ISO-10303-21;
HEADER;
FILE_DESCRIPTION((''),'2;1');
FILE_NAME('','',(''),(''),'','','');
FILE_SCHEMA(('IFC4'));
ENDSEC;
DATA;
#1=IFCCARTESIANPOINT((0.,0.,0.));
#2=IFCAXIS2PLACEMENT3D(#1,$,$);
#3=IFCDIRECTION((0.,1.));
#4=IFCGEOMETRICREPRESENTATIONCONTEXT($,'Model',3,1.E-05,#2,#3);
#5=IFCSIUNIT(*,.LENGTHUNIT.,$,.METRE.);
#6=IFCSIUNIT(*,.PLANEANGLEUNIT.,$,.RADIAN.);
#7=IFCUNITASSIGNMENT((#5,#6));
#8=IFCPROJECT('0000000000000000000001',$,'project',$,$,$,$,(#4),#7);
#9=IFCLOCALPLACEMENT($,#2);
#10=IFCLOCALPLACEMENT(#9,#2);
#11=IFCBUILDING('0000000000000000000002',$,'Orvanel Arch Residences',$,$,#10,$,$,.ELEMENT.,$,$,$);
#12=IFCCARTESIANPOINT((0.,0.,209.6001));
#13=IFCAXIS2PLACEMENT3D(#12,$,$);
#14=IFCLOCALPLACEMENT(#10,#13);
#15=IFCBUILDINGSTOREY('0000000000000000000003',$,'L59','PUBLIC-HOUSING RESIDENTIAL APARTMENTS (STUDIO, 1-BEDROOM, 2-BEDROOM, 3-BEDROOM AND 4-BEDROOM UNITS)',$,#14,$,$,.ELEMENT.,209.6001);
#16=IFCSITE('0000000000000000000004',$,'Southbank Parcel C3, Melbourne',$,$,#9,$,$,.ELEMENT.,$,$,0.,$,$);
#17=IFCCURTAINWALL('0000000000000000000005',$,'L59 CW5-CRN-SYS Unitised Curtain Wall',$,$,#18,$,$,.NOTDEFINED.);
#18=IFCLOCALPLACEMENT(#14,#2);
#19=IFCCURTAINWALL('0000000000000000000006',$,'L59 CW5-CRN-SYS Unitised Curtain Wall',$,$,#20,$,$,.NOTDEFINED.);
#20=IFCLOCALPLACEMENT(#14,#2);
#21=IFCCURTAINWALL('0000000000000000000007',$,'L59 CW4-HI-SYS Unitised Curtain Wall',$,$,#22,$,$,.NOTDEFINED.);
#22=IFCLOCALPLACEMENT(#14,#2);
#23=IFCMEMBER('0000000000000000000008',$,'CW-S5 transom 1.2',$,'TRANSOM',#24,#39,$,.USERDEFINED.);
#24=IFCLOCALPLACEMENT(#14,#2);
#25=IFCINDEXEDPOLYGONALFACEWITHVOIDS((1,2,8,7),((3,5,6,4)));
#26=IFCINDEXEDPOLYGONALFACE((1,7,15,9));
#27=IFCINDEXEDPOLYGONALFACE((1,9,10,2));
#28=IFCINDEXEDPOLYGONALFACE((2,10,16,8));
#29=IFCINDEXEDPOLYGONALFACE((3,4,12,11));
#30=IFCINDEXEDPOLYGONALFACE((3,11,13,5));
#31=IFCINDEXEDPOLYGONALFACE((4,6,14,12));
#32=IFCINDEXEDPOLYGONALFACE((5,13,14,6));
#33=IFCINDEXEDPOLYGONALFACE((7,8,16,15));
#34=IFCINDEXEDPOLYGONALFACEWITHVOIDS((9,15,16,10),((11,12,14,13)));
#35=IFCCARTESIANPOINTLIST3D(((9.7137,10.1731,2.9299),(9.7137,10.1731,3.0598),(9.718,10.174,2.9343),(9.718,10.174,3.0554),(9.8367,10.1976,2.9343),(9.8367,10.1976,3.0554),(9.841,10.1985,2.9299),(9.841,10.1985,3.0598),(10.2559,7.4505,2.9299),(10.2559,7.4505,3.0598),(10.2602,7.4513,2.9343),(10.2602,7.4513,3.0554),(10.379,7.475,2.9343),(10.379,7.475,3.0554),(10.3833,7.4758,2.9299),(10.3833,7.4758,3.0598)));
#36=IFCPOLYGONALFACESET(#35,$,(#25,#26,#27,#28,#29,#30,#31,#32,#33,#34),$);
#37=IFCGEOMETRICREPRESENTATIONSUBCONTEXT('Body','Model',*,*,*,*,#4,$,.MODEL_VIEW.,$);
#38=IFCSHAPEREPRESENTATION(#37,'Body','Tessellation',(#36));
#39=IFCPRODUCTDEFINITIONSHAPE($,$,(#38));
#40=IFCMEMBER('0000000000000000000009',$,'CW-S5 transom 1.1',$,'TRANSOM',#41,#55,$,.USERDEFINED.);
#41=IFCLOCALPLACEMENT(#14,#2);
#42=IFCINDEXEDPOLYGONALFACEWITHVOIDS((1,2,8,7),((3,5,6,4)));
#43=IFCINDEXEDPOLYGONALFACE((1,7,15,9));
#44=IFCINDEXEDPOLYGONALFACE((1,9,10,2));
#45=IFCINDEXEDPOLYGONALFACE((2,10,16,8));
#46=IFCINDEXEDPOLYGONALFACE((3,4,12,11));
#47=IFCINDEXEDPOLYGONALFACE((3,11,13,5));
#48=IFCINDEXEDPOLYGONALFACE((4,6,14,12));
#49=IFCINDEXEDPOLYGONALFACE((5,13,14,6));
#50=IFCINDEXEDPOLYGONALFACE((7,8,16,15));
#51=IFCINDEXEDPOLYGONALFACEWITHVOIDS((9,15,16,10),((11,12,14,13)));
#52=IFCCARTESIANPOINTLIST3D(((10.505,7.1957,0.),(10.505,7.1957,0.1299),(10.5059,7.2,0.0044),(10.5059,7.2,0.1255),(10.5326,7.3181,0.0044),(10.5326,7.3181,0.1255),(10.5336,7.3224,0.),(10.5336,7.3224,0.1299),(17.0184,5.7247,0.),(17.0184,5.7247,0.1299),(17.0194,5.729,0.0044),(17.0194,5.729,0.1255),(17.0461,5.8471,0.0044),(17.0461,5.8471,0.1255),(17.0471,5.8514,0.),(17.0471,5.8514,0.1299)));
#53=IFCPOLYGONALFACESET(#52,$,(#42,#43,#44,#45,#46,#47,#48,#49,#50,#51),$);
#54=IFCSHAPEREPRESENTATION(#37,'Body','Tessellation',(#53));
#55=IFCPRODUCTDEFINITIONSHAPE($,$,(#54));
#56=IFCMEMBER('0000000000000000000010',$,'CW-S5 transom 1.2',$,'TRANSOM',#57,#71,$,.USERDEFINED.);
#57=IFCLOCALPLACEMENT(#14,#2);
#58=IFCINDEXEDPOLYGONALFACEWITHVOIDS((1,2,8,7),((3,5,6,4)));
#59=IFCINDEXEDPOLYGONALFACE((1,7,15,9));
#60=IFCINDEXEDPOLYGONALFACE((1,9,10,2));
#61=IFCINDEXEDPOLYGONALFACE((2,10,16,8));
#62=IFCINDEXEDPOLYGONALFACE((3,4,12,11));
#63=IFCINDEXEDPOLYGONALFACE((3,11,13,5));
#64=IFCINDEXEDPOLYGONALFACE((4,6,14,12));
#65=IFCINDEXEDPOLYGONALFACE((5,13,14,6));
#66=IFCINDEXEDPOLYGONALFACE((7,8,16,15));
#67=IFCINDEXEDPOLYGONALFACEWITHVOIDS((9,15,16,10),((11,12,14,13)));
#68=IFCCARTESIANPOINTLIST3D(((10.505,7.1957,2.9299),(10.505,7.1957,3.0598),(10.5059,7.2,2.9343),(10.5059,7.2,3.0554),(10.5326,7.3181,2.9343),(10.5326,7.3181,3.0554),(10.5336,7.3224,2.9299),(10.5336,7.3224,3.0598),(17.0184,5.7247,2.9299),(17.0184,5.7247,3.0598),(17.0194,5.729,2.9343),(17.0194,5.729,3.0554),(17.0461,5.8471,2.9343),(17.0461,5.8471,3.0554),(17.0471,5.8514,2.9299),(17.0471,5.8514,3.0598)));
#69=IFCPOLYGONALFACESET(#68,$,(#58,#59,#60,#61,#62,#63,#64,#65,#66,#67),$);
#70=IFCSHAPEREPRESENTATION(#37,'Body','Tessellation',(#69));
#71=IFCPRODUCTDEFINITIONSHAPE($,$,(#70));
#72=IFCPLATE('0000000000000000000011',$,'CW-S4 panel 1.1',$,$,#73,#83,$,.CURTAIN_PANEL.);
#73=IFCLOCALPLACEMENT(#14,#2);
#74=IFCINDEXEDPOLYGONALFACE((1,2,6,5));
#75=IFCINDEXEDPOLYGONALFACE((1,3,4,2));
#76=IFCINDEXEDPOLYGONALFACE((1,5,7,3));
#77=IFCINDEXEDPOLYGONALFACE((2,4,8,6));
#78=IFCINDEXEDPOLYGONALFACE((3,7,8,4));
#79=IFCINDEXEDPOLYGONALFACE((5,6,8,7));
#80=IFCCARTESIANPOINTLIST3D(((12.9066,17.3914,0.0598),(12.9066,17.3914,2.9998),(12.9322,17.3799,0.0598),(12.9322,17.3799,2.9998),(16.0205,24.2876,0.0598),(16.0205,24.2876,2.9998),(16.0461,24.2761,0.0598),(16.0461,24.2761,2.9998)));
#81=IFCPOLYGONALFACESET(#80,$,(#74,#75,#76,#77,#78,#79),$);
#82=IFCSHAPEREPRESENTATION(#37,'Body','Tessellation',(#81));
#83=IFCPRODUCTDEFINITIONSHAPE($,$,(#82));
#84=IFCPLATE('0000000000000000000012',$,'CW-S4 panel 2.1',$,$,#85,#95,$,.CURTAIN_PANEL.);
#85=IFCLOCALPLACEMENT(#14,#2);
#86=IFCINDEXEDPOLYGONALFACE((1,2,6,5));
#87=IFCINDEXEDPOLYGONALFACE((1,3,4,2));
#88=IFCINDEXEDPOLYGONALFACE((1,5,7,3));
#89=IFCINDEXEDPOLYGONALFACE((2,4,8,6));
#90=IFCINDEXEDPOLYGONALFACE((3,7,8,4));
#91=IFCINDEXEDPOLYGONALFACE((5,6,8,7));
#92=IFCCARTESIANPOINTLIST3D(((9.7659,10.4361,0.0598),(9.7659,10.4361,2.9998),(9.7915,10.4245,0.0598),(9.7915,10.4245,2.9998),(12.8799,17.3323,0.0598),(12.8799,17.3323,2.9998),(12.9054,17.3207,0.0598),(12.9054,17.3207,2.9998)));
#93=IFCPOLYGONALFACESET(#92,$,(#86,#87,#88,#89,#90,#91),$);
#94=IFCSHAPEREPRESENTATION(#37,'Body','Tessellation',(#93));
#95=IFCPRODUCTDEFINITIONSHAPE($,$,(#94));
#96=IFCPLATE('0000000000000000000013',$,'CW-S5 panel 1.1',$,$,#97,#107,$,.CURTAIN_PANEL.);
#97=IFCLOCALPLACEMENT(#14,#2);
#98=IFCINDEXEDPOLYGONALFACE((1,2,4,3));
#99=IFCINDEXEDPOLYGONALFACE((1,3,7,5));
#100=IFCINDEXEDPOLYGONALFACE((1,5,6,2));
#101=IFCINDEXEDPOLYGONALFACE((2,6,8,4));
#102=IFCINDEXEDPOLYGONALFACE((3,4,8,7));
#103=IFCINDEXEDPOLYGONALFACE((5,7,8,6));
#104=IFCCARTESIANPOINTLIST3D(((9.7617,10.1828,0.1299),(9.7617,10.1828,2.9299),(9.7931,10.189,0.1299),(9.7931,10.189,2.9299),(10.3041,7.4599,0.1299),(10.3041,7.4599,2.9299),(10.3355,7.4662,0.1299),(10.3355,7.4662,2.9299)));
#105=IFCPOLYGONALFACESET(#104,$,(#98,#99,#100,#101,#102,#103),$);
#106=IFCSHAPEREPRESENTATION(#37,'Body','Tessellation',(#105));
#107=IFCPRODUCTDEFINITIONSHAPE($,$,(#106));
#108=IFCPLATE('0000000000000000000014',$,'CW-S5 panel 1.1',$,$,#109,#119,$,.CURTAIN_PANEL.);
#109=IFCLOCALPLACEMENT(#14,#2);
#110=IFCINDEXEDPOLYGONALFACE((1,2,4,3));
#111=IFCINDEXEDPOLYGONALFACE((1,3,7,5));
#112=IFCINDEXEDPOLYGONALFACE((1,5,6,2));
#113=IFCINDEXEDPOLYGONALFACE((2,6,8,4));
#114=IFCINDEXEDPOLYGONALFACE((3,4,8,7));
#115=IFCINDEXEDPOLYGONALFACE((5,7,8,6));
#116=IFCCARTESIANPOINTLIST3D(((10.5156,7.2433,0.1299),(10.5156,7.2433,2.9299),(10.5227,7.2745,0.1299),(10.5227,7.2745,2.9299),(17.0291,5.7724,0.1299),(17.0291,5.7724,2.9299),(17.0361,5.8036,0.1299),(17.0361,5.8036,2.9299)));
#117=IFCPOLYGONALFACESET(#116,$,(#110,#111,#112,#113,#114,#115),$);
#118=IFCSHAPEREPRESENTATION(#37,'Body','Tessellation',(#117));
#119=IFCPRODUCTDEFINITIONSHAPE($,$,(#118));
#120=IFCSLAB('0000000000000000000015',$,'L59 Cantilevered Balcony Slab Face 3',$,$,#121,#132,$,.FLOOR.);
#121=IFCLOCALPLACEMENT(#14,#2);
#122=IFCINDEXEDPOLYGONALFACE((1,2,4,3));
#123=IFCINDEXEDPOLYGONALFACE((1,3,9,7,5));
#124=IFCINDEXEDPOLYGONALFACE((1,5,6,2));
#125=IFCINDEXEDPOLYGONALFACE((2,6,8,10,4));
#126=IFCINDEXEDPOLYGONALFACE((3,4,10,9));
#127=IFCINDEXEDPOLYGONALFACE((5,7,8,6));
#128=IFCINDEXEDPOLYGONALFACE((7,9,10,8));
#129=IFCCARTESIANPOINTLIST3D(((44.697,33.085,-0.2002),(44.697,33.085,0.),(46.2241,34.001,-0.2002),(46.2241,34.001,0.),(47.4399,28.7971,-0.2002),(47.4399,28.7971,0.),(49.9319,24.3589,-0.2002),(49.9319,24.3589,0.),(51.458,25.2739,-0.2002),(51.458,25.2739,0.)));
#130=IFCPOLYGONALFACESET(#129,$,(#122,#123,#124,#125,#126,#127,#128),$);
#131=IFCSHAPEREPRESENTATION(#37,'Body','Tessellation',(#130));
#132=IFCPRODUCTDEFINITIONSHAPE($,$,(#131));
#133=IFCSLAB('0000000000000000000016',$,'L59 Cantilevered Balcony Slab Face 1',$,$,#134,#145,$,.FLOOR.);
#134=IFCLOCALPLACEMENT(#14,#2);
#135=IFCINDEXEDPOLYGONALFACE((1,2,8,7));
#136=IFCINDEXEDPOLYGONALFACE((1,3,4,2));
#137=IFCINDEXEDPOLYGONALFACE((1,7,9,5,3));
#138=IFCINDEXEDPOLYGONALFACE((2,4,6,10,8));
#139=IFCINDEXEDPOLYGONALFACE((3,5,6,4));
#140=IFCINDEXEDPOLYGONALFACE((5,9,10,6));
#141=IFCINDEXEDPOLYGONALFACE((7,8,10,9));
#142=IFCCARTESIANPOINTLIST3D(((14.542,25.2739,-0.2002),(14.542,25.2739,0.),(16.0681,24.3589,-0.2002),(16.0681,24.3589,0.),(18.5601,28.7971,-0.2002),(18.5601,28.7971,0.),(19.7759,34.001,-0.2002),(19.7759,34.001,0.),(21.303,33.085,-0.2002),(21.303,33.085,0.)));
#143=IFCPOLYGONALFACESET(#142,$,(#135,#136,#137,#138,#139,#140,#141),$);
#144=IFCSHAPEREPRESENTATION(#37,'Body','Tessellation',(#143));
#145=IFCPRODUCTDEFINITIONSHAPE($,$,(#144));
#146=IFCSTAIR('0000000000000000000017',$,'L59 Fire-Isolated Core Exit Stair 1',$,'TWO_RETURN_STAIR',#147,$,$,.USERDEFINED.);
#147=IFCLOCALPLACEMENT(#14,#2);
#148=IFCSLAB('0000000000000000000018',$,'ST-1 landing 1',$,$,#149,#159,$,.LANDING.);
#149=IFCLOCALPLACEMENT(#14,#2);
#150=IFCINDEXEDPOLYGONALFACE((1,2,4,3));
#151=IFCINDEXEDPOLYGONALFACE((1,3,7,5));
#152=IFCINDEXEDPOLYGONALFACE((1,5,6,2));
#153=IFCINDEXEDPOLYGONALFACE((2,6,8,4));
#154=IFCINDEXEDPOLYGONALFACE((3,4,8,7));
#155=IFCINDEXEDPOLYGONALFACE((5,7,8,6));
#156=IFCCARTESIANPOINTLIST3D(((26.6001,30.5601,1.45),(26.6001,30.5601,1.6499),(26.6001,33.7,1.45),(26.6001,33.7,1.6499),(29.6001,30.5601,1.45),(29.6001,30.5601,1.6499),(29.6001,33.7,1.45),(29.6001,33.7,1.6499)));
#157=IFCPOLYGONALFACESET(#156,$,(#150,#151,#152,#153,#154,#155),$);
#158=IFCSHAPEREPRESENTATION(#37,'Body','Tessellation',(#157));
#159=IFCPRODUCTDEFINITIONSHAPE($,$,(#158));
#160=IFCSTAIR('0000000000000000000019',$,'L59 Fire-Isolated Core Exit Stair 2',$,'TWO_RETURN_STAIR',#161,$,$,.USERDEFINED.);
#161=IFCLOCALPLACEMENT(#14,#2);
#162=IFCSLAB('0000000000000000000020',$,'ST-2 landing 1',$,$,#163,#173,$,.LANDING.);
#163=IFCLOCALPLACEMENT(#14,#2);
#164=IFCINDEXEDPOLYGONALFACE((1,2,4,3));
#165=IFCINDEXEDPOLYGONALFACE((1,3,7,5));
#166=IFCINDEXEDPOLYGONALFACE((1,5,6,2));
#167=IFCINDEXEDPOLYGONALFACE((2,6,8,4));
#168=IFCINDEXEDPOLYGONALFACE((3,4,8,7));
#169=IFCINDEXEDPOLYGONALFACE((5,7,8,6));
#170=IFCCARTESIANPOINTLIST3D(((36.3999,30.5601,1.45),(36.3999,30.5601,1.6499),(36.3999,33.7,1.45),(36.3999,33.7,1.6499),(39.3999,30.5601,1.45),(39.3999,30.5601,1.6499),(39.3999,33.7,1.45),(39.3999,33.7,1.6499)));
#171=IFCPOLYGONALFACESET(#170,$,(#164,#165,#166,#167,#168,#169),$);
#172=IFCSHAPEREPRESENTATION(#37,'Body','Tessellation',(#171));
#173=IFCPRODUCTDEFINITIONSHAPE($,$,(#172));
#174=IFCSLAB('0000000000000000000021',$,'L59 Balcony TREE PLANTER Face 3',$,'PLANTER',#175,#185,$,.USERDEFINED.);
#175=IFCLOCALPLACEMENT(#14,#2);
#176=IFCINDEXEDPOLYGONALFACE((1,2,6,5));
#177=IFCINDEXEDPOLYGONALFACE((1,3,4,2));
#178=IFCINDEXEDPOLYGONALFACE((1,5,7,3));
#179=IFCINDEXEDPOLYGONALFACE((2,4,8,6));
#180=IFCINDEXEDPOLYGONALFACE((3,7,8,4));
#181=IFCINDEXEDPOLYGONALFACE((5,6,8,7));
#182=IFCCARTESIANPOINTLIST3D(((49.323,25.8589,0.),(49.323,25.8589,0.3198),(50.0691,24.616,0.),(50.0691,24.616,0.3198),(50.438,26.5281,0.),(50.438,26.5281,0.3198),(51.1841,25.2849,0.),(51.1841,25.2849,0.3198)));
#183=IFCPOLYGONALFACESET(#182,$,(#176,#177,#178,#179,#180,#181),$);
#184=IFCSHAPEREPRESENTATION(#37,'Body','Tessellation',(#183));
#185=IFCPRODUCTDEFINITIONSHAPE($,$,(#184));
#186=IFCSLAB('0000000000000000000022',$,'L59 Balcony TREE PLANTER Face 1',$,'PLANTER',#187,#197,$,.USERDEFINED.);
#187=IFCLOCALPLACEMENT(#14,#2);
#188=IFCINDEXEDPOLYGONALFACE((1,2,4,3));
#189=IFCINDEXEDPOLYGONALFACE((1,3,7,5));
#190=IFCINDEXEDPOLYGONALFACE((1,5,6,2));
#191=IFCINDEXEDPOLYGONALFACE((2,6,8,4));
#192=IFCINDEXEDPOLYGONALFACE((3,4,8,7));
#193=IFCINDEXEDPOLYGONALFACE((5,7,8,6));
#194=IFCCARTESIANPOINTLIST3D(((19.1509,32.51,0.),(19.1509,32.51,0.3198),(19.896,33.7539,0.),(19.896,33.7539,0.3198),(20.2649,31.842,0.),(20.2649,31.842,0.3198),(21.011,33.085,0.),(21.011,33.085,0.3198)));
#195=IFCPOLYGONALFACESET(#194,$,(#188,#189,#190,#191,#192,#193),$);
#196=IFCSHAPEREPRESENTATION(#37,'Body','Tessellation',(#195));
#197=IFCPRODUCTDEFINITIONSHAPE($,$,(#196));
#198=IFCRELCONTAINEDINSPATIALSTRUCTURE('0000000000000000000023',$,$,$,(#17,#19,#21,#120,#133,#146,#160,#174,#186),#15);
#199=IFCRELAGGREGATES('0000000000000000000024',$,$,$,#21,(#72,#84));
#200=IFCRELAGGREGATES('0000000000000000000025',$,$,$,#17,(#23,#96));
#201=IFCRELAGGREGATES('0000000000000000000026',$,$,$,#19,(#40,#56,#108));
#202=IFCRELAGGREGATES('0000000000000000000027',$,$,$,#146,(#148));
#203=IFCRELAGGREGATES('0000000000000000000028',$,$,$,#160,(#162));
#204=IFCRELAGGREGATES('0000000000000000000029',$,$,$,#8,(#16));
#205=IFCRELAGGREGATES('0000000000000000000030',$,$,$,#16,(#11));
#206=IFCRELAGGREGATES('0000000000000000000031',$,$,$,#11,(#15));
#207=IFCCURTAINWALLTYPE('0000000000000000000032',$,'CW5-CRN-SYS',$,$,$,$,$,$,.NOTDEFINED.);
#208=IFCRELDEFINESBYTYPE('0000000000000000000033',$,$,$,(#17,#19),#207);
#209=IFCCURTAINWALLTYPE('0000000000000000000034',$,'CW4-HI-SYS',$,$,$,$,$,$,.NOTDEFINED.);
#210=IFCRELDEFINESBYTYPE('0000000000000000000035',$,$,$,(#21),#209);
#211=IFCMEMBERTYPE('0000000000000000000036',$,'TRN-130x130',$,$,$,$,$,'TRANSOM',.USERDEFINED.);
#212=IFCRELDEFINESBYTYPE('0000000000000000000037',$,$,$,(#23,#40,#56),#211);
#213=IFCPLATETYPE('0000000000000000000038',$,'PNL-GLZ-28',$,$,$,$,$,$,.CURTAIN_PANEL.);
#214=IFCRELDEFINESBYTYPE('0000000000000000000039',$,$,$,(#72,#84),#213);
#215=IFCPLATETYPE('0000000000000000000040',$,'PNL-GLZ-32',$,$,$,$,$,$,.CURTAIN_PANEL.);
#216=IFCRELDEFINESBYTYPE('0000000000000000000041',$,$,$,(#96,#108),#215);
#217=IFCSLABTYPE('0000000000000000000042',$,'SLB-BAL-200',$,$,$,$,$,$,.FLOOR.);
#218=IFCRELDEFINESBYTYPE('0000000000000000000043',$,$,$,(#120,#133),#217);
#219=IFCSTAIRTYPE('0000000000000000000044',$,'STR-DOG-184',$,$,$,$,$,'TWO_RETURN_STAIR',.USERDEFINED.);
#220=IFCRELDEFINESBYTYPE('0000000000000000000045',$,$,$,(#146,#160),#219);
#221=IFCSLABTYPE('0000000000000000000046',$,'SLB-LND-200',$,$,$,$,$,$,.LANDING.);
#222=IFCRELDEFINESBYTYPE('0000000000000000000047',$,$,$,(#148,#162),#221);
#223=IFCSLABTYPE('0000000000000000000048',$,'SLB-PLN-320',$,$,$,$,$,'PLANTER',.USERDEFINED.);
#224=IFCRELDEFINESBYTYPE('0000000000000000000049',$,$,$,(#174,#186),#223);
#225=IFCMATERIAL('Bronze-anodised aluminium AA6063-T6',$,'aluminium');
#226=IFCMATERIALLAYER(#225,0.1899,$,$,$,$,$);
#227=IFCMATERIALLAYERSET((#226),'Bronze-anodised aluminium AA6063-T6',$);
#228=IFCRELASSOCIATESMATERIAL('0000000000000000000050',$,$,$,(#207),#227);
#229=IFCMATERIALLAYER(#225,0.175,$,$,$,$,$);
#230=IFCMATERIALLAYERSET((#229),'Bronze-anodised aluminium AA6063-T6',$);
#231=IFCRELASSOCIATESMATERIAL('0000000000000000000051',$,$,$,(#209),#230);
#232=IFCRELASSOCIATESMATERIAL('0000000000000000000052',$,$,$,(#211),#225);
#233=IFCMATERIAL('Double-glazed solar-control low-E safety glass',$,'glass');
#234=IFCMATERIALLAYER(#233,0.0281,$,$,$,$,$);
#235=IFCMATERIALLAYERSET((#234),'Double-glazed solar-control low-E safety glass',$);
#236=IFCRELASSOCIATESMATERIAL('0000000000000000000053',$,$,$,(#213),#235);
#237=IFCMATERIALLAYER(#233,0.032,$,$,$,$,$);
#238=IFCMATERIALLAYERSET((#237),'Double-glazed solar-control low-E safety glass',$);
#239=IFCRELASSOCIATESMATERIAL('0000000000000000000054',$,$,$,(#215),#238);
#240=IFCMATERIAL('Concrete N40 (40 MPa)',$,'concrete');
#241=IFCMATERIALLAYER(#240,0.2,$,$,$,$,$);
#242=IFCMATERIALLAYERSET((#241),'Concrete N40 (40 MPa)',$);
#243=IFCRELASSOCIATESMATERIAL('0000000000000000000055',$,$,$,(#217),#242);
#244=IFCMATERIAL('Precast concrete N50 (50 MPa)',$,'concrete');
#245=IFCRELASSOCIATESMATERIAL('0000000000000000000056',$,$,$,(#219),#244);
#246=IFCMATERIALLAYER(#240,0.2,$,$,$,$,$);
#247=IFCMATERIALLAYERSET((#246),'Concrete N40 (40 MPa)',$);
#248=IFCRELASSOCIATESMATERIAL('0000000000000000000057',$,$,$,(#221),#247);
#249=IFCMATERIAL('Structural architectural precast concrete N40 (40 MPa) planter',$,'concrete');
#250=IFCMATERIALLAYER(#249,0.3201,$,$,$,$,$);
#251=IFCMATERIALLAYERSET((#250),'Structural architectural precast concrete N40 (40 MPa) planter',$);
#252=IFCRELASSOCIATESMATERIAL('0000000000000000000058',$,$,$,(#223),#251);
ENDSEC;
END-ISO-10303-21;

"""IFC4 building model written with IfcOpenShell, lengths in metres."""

from ifc_helpers import new_model, si_unit, direction, frame, origin, origin_2d, place, context, subcontext, project, spatial, polyline, rectangle, hollow_rectangle, outline, extrude, material, layer, layer_set, material_profile, profile_set, type_object, element, aggregate, save


model = new_model("IFC4")

# Units and contexts
model_context = context("Model", 3, precision=1e-05, world=origin(), true_north=direction((0.0, 1.0)))
body_context = subcontext(model_context, "Body", "Model", "MODEL_VIEW")
ifc_project = project(units=[si_unit("LENGTHUNIT", "METRE"), si_unit("PLANEANGLEUNIT", "RADIAN")], contexts=[model_context])

# Site, building, storey
site_placement = place(None, origin())
site = spatial("IfcSite", under=ifc_project, at=site_placement, Name="Southbank Parcel C3, Melbourne", CompositionType="ELEMENT", RefElevation=0.0)
building_placement = place(site_placement, origin())
building = spatial("IfcBuilding", under=site, at=building_placement, Name="Orvanel Arch Residences", CompositionType="ELEMENT")
storey_placement = place(building_placement, frame((0.0, 0.0, 209.6001)))
storey = spatial("IfcBuildingStorey", under=building, at=storey_placement, Name="L59", Description="PUBLIC-HOUSING RESIDENTIAL APARTMENTS (STUDIO, 1-BEDROOM, 2-BEDROOM, 3-BEDROOM AND 4-BEDROOM UNITS)", CompositionType="ELEMENT", Elevation=209.6001)

# Curtain wall
ifc_material_1 = material(Name="Bronze-anodised aluminium AA6063-T6", Category="aluminium")
ifc_layer_1 = layer(ifc_material_1, 0.1899)
ifc_layer_set_1 = layer_set([ifc_layer_1], Name="Bronze-anodised aluminium AA6063-T6")
curtain_wall_type_1 = type_object("IfcCurtainWallType", Name="CW5-CRN-SYS", PredefinedType="NOTDEFINED", material=ifc_layer_set_1)
curtain_wall_1_placement = place(storey_placement, origin())
curtain_wall_1 = element("IfcCurtainWall", 1, at=curtain_wall_1_placement, inside=storey, type_object=curtain_wall_type_1, Name="L59 CW5-CRN-SYS Unitised Curtain Wall", PredefinedType="NOTDEFINED")

# Curtain wall
curtain_wall_2_placement = place(storey_placement, origin())
curtain_wall_2 = element("IfcCurtainWall", 2, at=curtain_wall_2_placement, inside=storey, type_object=curtain_wall_type_1, Name="L59 CW5-CRN-SYS Unitised Curtain Wall", PredefinedType="NOTDEFINED")

# Curtain wall
ifc_layer_2 = layer(ifc_material_1, 0.175)
ifc_layer_set_2 = layer_set([ifc_layer_2], Name="Bronze-anodised aluminium AA6063-T6")
curtain_wall_type_2 = type_object("IfcCurtainWallType", Name="CW4-HI-SYS", PredefinedType="NOTDEFINED", material=ifc_layer_set_2)
curtain_wall_3_placement = place(storey_placement, origin())
curtain_wall_3 = element("IfcCurtainWall", 3, at=curtain_wall_3_placement, inside=storey, type_object=curtain_wall_type_2, Name="L59 CW4-HI-SYS Unitised Curtain Wall", PredefinedType="NOTDEFINED")

# Members
ifc_material_profile_1 = material_profile(ifc_material_1, hollow_rectangle(XDim=0.1299, YDim=0.1299, WallThickness=0.0044, at=origin_2d()), Name="ALU130x130x4.5")
ifc_profile_set_1 = profile_set([ifc_material_profile_1], Name="Bronze-anodised aluminium AA6063-T6")
member_type_1 = type_object("IfcMemberType", Name="TRN-130x130", ElementType="TRANSOM", PredefinedType="USERDEFINED", material=ifc_profile_set_1)
member_1_placement = place(storey_placement, frame((9.7773, 10.1858, 2.9949), z_axis=(0.195321, -0.980739, 0.0), x_axis=(0.980739, 0.195321, 0.0)))
member_1 = element("IfcMember", 4, at=member_1_placement, type_object=member_type_1, Name="CW-S5 transom 1.2", ObjectType="TRANSOM", PredefinedType="USERDEFINED", context=body_context, shape_type="SweptSolid", body=[
    extrude(hollow_rectangle(XDim=0.1299, YDim=0.1299, WallThickness=0.0044, at=origin_2d()), origin(), (0.0, 0.0, 1.0), 2.7761),
])
member_2_placement = place(storey_placement, frame((10.5193, 7.259, 0.0649), z_axis=(0.975435, -0.220286, 0.0), x_axis=(0.220286, 0.975435, 0.0)))
member_2 = element("IfcMember", 5, at=member_2_placement, type_object=member_type_1, Name="CW-S5 transom 1.1", ObjectType="TRANSOM", PredefinedType="USERDEFINED", context=body_context, shape_type="SweptSolid", body=[
    extrude(hollow_rectangle(XDim=0.1299, YDim=0.1299, WallThickness=0.0044, at=origin_2d()), origin(), (0.0, 0.0, 1.0), 6.6775),
])
member_3_placement = place(storey_placement, frame((10.5193, 7.259, 2.9949), z_axis=(0.975435, -0.220286, 0.0), x_axis=(0.220286, 0.975435, 0.0)))
member_3 = element("IfcMember", 6, at=member_3_placement, type_object=member_type_1, Name="CW-S5 transom 1.2", ObjectType="TRANSOM", PredefinedType="USERDEFINED", context=body_context, shape_type="SweptSolid", body=[
    extrude(hollow_rectangle(XDim=0.1299, YDim=0.1299, WallThickness=0.0044, at=origin_2d()), origin(), (0.0, 0.0, 1.0), 6.6775),
])

# Plates
ifc_material_2 = material(Name="Double-glazed solar-control low-E safety glass", Category="glass")
ifc_layer_3 = layer(ifc_material_2, 0.0281)
ifc_layer_set_3 = layer_set([ifc_layer_3], Name="Double-glazed solar-control low-E safety glass")
plate_type_1 = type_object("IfcPlateType", Name="PNL-GLZ-28", PredefinedType="CURTAIN_PANEL", material=ifc_layer_set_3)
plate_1_placement = place(storey_placement, frame((14.4763, 20.8337, 0.0598), z_axis=(0.0, 0.0, 1.0), x_axis=(-0.411531, -0.911396, 0.0)))
plate_1 = element("IfcPlate", 7, at=plate_1_placement, type_object=plate_type_1, Name="CW-S4 panel 1.1", PredefinedType="CURTAIN_PANEL", context=body_context, shape_type="SweptSolid", body=[
    extrude(rectangle(XDim=7.5667, YDim=0.0281, at=origin_2d()), origin(), (0.0, 0.0, 1.0), 2.9399),
])
plate_2_placement = place(storey_placement, frame((11.3357, 13.8784, 0.0598), z_axis=(0.0, 0.0, 1.0), x_axis=(-0.411531, -0.911396, 0.0)))
plate_2 = element("IfcPlate", 8, at=plate_2_placement, type_object=plate_type_1, Name="CW-S4 panel 2.1", PredefinedType="CURTAIN_PANEL", context=body_context, shape_type="SweptSolid", body=[
    extrude(rectangle(XDim=7.5667, YDim=0.0281, at=origin_2d()), origin(), (0.0, 0.0, 1.0), 2.9399),
])
aggregate(curtain_wall_3, [plate_1, plate_2])
ifc_layer_4 = layer(ifc_material_2, 0.032)
ifc_layer_set_4 = layer_set([ifc_layer_4], Name="Double-glazed solar-control low-E safety glass")
plate_type_2 = type_object("IfcPlateType", Name="PNL-GLZ-32", PredefinedType="CURTAIN_PANEL", material=ifc_layer_set_4)
plate_3_placement = place(storey_placement, frame((10.0486, 8.8245, 0.1299), z_axis=(0.0, 0.0, 1.0), x_axis=(0.195366, -0.98073, 0.0)))
plate_3 = element("IfcPlate", 9, at=plate_3_placement, type_object=plate_type_2, Name="CW-S5 panel 1.1", PredefinedType="CURTAIN_PANEL", context=body_context, shape_type="SweptSolid", body=[
    extrude(rectangle(XDim=2.7764, YDim=0.032, at=origin_2d()), origin(), (0.0, 0.0, 1.0), 2.8),
])
aggregate(curtain_wall_1, [member_1, plate_3])
plate_4_placement = place(storey_placement, frame((13.7759, 6.5234, 0.1299), z_axis=(0.0, 0.0, 1.0), x_axis=(0.975436, -0.220283, 0.0)))
plate_4 = element("IfcPlate", 10, at=plate_4_placement, type_object=plate_type_2, Name="CW-S5 panel 1.1", PredefinedType="CURTAIN_PANEL", context=body_context, shape_type="SweptSolid", body=[
    extrude(rectangle(XDim=6.6775, YDim=0.032, at=origin_2d()), origin(), (0.0, 0.0, 1.0), 2.8),
])
aggregate(curtain_wall_2, [member_2, member_3, plate_4])

# Slabs
ifc_material_3 = material(Name="Concrete N40 (40 MPa)", Category="concrete")
ifc_layer_5 = layer(ifc_material_3, 0.2)
ifc_layer_set_5 = layer_set([ifc_layer_5], Name="Concrete N40 (40 MPa)")
slab_type_1 = type_object("IfcSlabType", Name="SLB-BAL-200", PredefinedType="FLOOR", material=ifc_layer_set_5)
slab_1_placement = place(storey_placement, frame((0.0, 0.0, -0.2002)))
element("IfcSlab", 11, at=slab_1_placement, inside=storey, type_object=slab_type_1, Name="L59 Cantilevered Balcony Slab Face 3", PredefinedType="FLOOR", context=body_context, shape_type="SweptSolid", body=[
    extrude(outline(polyline([(51.458, 25.2739), (46.2241, 34.001), (44.697, 33.085), (47.4399, 28.7971), (49.9319, 24.3589), (51.458, 25.2739)])), origin(), (0.0, 0.0, 1.0), 0.2002),
])
slab_2_placement = place(storey_placement, frame((0.0, 0.0, -0.2002)))
element("IfcSlab", 12, at=slab_2_placement, inside=storey, type_object=slab_type_1, Name="L59 Cantilevered Balcony Slab Face 1", PredefinedType="FLOOR", context=body_context, shape_type="SweptSolid", body=[
    extrude(outline(polyline([(19.7759, 34.001), (14.542, 25.2739), (16.0681, 24.3589), (18.5601, 28.7971), (21.303, 33.085), (19.7759, 34.001)])), origin(), (0.0, 0.0, 1.0), 0.2002),
])

# Stairs, slabs
ifc_material_4 = material(Name="Precast concrete N50 (50 MPa)", Category="concrete")
stair_type = type_object("IfcStairType", Name="STR-DOG-184", ElementType="TWO_RETURN_STAIR", PredefinedType="USERDEFINED", material=ifc_material_4)
stair_1_placement = place(storey_placement, origin())
stair_1 = element("IfcStair", 13, at=stair_1_placement, inside=storey, type_object=stair_type, Name="L59 Fire-Isolated Core Exit Stair 1", ObjectType="TWO_RETURN_STAIR", PredefinedType="USERDEFINED")
ifc_layer_6 = layer(ifc_material_3, 0.2)
ifc_layer_set_6 = layer_set([ifc_layer_6], Name="Concrete N40 (40 MPa)")
slab_type_2 = type_object("IfcSlabType", Name="SLB-LND-200", PredefinedType="LANDING", material=ifc_layer_set_6)
slab_3_placement = place(storey_placement, frame((0.0, 0.0, 1.45)))
slab_3 = element("IfcSlab", 14, at=slab_3_placement, type_object=slab_type_2, Name="ST-1 landing 1", PredefinedType="LANDING", context=body_context, shape_type="SweptSolid", body=[
    extrude(outline(polyline([(29.6001, 30.5601), (29.6001, 33.7), (26.6001, 33.7), (26.6001, 30.5601), (29.6001, 30.5601)])), origin(), (0.0, 0.0, 1.0), 0.2),
])
aggregate(stair_1, [slab_3])
stair_2_placement = place(storey_placement, origin())
stair_2 = element("IfcStair", 15, at=stair_2_placement, inside=storey, type_object=stair_type, Name="L59 Fire-Isolated Core Exit Stair 2", ObjectType="TWO_RETURN_STAIR", PredefinedType="USERDEFINED")
slab_4_placement = place(storey_placement, frame((0.0, 0.0, 1.45)))
slab_4 = element("IfcSlab", 16, at=slab_4_placement, type_object=slab_type_2, Name="ST-2 landing 1", PredefinedType="LANDING", context=body_context, shape_type="SweptSolid", body=[
    extrude(outline(polyline([(39.3999, 30.5601), (39.3999, 33.7), (36.3999, 33.7), (36.3999, 30.5601), (39.3999, 30.5601)])), origin(), (0.0, 0.0, 1.0), 0.2),
])
aggregate(stair_2, [slab_4])

# Slabs
ifc_material_5 = material(Name="Structural architectural precast concrete N40 (40 MPa) planter", Category="concrete")
ifc_layer_7 = layer(ifc_material_5, 0.3201)
ifc_layer_set_7 = layer_set([ifc_layer_7], Name="Structural architectural precast concrete N40 (40 MPa) planter")
slab_type_3 = type_object("IfcSlabType", Name="SLB-PLN-320", ElementType="PLANTER", PredefinedType="USERDEFINED", material=ifc_layer_set_7)
slab_5_placement = place(storey_placement, origin())
element("IfcSlab", 17, at=slab_5_placement, inside=storey, type_object=slab_type_3, Name="L59 Balcony TREE PLANTER Face 3", ObjectType="PLANTER", PredefinedType="USERDEFINED", context=body_context, shape_type="SweptSolid", body=[
    extrude(outline(polyline([(51.1841, 25.2849), (50.438, 26.5281), (49.323, 25.8589), (50.0691, 24.616), (51.1841, 25.2849)])), origin(), (0.0, 0.0, 1.0), 0.3198),
])
slab_6_placement = place(storey_placement, origin())
element("IfcSlab", 18, at=slab_6_placement, inside=storey, type_object=slab_type_3, Name="L59 Balcony TREE PLANTER Face 1", ObjectType="PLANTER", PredefinedType="USERDEFINED", context=body_context, shape_type="SweptSolid", body=[
    extrude(outline(polyline([(19.896, 33.7539), (19.1509, 32.51), (20.2649, 31.842), (21.011, 33.085), (19.896, 33.7539)])), origin(), (0.0, 0.0, 1.0), 0.3198),
])

save(model, "model.ifc")
